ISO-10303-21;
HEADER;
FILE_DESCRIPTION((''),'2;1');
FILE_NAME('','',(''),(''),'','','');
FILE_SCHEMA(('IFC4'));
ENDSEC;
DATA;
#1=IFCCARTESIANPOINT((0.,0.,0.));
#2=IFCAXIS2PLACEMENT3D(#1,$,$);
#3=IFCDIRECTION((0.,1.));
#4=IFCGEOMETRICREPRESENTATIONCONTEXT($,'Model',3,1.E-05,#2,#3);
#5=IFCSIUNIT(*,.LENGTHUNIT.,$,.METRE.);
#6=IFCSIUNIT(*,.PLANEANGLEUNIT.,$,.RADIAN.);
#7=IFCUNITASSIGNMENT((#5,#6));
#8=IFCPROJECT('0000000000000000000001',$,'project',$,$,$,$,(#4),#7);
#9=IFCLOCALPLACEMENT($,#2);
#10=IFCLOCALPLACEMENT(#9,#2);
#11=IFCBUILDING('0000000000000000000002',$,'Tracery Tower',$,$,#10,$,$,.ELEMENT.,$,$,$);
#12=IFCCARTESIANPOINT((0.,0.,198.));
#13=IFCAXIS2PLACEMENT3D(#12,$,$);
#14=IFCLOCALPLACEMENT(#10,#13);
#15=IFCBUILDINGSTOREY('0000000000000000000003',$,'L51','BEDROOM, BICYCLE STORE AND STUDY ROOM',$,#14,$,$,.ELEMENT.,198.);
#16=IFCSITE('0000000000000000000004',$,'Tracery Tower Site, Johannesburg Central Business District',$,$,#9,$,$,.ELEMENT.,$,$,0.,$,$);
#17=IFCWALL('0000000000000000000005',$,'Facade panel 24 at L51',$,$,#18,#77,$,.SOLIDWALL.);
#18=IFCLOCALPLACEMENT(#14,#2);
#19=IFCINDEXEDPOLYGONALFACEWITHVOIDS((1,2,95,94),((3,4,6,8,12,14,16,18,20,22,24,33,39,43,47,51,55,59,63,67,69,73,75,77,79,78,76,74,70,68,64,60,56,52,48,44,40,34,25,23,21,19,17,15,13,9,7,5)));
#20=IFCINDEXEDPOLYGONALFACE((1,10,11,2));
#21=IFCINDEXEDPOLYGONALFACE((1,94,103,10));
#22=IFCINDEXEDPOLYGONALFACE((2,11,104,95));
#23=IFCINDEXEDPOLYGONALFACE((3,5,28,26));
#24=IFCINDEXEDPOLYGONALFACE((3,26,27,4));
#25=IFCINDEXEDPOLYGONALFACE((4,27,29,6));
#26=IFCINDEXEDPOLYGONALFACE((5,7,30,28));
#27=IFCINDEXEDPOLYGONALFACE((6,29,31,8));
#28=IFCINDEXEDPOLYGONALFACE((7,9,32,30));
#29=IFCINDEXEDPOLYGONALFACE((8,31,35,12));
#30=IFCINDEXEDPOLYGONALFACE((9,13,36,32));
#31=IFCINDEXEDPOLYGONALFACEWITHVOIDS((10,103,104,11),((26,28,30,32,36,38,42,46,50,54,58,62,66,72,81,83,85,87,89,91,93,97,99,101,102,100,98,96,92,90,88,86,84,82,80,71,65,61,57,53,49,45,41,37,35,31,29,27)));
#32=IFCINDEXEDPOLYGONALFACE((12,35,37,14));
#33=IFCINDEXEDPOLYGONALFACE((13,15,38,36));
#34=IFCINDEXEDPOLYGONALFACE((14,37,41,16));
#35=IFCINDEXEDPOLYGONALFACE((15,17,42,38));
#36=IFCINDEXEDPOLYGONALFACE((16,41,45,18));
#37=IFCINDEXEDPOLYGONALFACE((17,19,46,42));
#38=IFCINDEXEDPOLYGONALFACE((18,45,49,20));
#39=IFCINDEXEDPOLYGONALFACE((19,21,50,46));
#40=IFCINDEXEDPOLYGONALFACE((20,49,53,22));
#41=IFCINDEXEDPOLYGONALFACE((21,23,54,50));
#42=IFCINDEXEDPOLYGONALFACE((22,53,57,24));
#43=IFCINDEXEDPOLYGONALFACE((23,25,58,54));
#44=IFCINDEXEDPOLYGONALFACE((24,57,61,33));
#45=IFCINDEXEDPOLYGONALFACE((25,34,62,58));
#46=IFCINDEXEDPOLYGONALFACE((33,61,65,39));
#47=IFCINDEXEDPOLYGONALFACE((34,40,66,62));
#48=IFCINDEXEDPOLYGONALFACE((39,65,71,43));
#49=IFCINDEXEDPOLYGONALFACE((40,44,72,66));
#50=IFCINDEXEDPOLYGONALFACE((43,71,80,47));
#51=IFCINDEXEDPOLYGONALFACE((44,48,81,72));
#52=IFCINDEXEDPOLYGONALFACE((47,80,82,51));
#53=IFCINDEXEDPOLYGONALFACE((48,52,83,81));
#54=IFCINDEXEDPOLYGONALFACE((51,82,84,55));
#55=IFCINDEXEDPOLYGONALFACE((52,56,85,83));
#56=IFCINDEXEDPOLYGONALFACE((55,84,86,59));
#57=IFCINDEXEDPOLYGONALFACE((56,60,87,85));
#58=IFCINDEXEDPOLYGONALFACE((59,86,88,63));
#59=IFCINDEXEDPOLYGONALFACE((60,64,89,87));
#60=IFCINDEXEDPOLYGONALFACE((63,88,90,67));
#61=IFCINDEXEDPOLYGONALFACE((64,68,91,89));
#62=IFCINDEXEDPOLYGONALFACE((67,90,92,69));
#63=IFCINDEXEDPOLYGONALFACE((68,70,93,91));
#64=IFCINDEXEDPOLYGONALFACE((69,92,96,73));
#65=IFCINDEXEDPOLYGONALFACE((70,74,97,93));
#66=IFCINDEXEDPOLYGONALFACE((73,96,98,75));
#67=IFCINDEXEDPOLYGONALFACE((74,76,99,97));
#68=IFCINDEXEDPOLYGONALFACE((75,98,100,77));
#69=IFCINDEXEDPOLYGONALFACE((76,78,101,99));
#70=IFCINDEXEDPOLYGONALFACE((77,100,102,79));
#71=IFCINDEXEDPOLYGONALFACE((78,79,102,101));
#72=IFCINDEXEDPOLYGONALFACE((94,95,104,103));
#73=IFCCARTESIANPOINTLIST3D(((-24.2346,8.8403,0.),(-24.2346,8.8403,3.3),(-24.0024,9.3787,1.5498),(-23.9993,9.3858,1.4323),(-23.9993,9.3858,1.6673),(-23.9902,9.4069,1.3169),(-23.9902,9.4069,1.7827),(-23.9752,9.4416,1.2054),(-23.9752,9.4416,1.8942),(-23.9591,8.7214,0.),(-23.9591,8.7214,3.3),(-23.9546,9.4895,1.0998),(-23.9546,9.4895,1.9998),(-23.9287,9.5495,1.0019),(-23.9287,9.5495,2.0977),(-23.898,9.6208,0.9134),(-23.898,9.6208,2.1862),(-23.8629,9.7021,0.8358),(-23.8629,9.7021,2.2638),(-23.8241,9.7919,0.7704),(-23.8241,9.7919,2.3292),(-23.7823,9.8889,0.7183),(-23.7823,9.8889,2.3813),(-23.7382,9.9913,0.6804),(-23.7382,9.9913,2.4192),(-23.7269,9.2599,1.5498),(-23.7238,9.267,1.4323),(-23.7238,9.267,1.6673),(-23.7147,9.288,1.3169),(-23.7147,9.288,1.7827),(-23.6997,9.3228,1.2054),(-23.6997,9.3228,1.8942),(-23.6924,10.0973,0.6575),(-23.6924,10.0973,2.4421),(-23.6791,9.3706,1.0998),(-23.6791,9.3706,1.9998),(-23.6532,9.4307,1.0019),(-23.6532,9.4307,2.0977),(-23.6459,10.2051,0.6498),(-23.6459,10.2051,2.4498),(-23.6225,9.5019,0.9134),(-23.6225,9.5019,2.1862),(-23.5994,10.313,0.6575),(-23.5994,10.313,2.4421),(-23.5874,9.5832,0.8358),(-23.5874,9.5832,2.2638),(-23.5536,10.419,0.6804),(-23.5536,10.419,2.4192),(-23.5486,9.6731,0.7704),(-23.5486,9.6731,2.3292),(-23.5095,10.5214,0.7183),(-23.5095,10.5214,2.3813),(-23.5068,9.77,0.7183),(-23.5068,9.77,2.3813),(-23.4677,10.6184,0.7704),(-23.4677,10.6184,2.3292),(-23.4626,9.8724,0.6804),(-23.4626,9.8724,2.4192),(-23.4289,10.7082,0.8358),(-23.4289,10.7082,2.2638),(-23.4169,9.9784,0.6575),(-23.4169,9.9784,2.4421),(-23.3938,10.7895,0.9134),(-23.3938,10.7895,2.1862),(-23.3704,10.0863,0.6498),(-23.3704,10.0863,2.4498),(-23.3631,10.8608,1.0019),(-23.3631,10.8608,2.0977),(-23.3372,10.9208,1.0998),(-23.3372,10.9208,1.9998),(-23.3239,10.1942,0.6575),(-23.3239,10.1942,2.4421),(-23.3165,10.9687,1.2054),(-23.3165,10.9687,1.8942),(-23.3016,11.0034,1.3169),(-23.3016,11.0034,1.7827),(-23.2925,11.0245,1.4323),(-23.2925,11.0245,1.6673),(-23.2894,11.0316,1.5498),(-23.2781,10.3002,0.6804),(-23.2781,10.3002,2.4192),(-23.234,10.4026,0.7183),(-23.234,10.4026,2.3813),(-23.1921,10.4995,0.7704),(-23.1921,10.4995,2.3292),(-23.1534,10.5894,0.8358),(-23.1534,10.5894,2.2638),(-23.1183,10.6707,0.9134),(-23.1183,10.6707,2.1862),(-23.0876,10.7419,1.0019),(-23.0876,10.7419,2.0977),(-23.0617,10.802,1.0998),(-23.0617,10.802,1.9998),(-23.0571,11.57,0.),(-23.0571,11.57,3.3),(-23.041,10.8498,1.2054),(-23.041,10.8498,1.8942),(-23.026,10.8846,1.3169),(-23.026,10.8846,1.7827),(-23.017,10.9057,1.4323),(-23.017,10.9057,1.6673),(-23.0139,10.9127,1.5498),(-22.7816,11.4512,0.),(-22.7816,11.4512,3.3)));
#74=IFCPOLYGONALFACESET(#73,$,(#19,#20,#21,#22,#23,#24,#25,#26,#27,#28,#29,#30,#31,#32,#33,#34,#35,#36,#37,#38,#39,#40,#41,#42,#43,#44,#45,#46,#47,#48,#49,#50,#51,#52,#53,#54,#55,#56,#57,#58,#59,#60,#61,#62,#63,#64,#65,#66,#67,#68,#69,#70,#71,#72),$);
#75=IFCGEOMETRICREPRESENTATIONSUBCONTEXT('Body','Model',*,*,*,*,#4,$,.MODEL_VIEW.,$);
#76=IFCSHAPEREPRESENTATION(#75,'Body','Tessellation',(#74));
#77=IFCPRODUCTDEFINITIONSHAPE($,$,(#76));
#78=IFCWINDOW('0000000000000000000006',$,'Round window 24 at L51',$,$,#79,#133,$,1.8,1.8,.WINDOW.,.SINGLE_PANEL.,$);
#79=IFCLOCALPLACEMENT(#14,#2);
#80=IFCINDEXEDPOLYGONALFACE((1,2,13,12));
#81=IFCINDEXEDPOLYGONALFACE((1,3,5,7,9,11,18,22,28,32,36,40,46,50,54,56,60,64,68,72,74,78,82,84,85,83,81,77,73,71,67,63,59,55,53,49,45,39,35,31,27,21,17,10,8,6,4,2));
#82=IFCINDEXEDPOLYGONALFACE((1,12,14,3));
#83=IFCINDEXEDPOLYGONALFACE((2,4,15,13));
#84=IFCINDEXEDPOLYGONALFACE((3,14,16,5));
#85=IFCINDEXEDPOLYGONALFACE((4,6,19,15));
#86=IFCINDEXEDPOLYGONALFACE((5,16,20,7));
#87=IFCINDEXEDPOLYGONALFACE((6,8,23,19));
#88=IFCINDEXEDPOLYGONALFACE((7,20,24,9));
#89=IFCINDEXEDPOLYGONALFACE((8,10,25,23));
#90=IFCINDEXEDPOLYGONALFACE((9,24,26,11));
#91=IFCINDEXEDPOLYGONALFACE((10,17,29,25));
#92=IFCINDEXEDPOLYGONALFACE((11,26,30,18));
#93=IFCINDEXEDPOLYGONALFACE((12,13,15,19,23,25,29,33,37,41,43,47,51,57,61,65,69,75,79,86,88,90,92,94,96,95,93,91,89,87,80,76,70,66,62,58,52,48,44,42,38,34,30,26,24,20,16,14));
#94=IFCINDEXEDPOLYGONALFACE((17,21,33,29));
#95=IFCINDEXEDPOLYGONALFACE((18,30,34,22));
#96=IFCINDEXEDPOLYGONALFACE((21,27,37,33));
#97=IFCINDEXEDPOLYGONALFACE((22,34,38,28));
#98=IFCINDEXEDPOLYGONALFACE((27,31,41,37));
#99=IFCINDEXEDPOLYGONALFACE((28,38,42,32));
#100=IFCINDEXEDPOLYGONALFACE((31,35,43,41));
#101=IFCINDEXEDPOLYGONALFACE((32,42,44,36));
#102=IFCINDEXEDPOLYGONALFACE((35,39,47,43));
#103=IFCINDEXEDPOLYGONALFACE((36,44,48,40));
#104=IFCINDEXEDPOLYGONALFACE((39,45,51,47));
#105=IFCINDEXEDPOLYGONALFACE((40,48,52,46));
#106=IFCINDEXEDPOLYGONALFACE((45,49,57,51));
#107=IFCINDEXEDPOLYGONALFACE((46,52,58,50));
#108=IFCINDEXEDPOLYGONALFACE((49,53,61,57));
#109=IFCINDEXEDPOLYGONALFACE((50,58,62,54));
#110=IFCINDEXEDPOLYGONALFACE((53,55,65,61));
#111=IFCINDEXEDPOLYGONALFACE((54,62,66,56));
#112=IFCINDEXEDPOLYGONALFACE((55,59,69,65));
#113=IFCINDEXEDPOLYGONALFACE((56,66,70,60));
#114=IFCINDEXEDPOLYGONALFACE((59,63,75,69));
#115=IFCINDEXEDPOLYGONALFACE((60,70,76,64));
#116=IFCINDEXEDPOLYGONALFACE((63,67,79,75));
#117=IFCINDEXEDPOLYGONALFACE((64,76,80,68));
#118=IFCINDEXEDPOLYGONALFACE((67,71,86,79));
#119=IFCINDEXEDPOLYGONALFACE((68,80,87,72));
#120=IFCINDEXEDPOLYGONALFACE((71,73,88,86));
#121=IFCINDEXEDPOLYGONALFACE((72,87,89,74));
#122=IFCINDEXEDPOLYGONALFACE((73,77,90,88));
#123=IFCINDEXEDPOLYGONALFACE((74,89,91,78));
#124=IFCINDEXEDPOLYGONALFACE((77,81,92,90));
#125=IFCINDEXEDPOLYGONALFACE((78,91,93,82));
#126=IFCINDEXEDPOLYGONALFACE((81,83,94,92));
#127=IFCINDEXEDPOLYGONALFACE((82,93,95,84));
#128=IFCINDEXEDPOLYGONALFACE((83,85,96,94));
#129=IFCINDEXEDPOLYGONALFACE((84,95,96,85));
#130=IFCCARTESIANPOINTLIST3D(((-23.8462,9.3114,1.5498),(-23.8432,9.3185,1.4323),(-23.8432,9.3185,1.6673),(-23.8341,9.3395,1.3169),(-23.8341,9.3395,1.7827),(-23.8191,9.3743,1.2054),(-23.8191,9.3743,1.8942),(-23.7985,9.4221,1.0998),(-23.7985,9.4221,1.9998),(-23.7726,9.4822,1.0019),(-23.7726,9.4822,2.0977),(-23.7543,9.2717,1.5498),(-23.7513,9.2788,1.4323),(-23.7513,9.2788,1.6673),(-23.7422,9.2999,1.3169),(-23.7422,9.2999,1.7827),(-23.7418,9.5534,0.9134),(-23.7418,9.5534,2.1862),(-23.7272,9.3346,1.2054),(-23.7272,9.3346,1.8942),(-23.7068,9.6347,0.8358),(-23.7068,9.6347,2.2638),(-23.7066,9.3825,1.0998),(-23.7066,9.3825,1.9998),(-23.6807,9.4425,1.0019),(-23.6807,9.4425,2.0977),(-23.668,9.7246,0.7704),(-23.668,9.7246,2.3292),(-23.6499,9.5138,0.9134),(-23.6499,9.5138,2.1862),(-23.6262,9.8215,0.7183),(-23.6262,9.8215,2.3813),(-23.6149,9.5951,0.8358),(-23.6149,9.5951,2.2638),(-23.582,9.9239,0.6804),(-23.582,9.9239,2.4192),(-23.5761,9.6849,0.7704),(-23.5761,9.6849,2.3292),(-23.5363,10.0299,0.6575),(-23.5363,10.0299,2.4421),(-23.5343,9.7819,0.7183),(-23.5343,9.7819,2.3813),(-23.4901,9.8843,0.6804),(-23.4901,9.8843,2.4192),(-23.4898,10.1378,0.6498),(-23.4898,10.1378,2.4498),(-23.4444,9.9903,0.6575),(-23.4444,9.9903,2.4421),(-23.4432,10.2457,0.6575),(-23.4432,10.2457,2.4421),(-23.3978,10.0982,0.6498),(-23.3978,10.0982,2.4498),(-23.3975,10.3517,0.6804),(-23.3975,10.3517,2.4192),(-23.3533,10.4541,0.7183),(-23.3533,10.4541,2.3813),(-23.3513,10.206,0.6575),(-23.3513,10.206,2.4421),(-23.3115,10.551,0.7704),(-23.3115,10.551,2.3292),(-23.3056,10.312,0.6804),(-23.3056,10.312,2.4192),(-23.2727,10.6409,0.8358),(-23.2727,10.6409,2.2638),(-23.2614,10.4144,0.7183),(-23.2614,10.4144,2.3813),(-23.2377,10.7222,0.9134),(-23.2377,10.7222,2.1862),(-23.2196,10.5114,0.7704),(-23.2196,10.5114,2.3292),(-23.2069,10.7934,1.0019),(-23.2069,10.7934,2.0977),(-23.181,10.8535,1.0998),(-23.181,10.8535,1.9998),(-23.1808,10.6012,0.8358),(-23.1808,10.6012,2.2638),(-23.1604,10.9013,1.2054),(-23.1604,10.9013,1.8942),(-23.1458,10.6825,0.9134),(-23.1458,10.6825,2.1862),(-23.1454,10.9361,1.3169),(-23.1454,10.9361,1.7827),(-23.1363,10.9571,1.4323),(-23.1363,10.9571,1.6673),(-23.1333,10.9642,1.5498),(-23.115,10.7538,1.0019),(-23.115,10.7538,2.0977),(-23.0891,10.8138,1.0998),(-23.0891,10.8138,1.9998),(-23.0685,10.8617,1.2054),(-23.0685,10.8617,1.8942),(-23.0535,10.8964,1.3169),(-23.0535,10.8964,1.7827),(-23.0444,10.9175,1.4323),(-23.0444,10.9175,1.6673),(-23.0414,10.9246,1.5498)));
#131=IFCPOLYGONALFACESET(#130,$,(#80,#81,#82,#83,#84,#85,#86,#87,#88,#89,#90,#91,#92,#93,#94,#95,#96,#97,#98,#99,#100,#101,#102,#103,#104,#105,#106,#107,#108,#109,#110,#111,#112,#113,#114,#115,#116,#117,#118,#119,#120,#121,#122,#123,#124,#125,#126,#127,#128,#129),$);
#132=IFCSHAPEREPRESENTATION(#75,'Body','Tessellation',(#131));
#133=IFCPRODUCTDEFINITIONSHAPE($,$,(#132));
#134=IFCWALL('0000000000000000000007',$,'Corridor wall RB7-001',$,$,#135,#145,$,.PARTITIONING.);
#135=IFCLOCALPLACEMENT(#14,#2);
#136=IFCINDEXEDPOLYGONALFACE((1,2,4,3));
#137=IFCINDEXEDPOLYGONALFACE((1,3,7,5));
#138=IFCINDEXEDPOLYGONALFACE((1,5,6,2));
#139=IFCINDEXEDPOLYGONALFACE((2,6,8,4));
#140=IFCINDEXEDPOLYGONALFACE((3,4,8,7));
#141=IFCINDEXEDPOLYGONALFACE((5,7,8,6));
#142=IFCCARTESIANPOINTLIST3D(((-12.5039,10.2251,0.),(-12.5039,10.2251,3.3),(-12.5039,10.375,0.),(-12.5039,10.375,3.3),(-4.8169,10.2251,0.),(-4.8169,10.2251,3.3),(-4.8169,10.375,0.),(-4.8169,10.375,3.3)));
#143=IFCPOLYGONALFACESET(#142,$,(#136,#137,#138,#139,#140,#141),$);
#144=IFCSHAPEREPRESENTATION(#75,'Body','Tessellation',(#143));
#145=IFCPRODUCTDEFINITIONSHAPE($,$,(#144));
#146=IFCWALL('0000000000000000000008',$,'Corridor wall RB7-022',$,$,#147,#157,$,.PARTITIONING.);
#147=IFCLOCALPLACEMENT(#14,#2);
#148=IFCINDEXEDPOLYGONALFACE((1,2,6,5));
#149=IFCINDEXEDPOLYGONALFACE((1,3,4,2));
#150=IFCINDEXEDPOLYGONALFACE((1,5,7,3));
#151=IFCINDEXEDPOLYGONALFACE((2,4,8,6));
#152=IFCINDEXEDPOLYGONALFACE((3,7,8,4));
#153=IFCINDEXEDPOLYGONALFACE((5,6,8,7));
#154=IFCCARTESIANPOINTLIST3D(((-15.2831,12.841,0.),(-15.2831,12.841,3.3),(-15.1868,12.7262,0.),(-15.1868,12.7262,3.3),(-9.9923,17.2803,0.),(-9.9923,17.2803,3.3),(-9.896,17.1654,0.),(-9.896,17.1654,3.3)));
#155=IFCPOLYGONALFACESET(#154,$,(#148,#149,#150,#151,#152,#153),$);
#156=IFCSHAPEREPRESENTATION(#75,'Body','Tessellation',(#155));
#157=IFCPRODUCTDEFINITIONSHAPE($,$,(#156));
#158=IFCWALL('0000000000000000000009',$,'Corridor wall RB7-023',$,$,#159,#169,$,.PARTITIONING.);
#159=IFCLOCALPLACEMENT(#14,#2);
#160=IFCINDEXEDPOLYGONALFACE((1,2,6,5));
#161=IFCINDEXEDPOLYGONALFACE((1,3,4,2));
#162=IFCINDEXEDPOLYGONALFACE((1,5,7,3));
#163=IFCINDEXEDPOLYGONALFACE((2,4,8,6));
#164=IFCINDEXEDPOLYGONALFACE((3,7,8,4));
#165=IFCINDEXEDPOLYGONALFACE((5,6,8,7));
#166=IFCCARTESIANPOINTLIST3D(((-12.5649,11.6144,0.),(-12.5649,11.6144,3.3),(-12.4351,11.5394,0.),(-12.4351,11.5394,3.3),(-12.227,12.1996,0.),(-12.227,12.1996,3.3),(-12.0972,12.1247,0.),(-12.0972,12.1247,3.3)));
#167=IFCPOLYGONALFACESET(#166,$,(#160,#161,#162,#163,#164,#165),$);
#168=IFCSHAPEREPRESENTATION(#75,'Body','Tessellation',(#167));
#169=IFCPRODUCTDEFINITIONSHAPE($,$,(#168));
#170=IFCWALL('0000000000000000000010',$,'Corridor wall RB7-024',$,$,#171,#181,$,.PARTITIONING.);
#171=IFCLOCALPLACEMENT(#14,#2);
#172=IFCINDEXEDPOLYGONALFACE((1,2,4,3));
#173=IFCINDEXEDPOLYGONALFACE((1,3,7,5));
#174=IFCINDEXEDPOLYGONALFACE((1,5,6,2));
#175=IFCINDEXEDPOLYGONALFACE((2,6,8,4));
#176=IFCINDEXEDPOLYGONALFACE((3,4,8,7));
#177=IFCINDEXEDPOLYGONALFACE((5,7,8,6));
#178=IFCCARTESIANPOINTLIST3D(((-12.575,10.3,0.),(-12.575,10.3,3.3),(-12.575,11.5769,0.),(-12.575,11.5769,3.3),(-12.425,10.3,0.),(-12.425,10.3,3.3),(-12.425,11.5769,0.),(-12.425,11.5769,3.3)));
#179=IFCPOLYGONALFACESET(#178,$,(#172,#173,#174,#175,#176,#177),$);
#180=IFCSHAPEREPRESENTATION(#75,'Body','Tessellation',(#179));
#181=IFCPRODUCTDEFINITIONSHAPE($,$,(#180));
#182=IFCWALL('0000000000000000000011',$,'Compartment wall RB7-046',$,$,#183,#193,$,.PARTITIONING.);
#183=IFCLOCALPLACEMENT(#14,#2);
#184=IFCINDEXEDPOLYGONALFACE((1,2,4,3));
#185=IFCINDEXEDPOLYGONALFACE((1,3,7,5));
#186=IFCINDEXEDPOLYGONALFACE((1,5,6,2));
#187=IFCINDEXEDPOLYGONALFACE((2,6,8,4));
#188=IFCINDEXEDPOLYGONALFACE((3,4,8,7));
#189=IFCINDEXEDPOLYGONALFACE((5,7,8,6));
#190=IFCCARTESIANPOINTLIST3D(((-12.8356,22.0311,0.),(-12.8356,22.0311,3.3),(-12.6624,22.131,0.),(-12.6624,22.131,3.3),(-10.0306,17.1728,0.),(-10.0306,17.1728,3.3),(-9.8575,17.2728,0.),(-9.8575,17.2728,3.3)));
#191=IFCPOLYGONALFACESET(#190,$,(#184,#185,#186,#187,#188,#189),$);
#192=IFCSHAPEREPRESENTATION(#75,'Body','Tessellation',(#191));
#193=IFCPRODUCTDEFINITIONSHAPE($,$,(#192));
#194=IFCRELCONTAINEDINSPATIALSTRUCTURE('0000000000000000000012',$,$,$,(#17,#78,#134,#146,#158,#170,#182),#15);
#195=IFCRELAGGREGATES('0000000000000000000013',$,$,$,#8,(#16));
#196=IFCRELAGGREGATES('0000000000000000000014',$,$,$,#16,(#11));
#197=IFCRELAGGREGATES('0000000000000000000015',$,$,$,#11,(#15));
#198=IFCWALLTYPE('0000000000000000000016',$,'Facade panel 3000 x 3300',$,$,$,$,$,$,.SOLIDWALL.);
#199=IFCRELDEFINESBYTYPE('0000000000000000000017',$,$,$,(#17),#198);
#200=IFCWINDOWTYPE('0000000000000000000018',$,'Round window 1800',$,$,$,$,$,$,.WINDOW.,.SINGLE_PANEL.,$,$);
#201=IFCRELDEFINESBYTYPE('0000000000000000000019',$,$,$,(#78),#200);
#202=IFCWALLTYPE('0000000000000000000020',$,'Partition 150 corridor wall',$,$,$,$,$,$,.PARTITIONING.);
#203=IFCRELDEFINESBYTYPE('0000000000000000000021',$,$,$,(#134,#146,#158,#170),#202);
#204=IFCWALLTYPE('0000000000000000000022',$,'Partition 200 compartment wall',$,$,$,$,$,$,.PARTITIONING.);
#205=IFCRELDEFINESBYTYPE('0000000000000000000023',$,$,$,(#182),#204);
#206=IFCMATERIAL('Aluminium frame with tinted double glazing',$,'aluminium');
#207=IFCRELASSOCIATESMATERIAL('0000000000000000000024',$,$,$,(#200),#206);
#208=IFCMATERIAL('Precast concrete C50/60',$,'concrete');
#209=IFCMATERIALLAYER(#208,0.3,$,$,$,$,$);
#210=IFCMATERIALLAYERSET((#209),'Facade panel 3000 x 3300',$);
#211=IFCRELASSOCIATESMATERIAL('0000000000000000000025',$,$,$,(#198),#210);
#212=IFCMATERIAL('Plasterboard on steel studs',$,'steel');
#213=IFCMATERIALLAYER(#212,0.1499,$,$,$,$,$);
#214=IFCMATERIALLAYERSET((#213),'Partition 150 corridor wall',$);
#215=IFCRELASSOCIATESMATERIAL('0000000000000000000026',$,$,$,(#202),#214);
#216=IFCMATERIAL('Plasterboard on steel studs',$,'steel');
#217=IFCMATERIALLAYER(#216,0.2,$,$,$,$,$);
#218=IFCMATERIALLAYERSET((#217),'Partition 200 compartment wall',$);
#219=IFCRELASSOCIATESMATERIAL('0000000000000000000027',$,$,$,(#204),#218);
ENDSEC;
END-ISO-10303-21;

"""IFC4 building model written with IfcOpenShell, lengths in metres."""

from ifc_helpers import new_model, si_unit, direction, frame, frame_2d, origin, origin_2d, place, context, subcontext, project, spatial, rectangle, circle, extrude, material, layer, layer_set, type_object, element, fill, save


model = new_model("IFC4")

# Units and contexts
model_context = context("Model", 3, precision=1e-05, world=origin(), true_north=direction((0.0, 1.0)))
body_context = subcontext(model_context, "Body", "Model", "MODEL_VIEW")
ifc_project = project(units=[si_unit("LENGTHUNIT", "METRE"), si_unit("PLANEANGLEUNIT", "RADIAN")], contexts=[model_context])

# Site, building, storey
site_placement = place(None, origin())
site = spatial("IfcSite", under=ifc_project, at=site_placement, Name="Tracery Tower Site, Johannesburg Central Business District", CompositionType="ELEMENT", RefElevation=0.0)
building_placement = place(site_placement, origin())
building = spatial("IfcBuilding", under=site, at=building_placement, Name="Tracery Tower", CompositionType="ELEMENT")
storey_placement = place(building_placement, frame((0.0, 0.0, 198.0)))
storey = spatial("IfcBuildingStorey", under=building, at=storey_placement, Name="L51", Description="BEDROOM, BICYCLE STORE AND STUDY ROOM", CompositionType="ELEMENT", Elevation=198.0)

# Wall, opening, window
ifc_material_1 = material(Name="Aluminium frame with tinted double glazing", Category="aluminium")
window_type = type_object("IfcWindowType", Name="Round window 1800", PartitioningType="SINGLE_PANEL", PredefinedType="WINDOW", material=ifc_material_1)
ifc_material_2 = material(Name="Precast concrete C50/60", Category="concrete")
ifc_layer_1 = layer(ifc_material_2, 0.3)
ifc_layer_set_1 = layer_set([ifc_layer_1], Name="Facade panel 3000 x 3300")
wall_type_1 = type_object("IfcWallType", Name="Facade panel 3000 x 3300", PredefinedType="SOLIDWALL", material=ifc_layer_set_1)
wall_1_placement = place(storey_placement, frame((-22.9194, 11.5105, 0.0), z_axis=(0.0, 0.0, 1.0), x_axis=(-0.396079, -0.918216, 0.0)))
wall_1 = element("IfcWall", 1, at=wall_1_placement, inside=storey, type_object=wall_type_1, Name="Facade panel 24 at L51", PredefinedType="SOLIDWALL", context=body_context, shape_type="SweptSolid", body=[
    extrude(rectangle(XDim=2.9729, YDim=0.3, at=frame_2d((1.4863, 0.0))), origin(), (0.0, 0.0, 1.0), 3.3),
])
opening_1_placement = place(wall_1_placement, frame((1.4863, 0.0, 1.5498)))
opening_1 = element("IfcOpeningElement", 2, at=opening_1_placement, cuts=wall_1, PredefinedType="OPENING", context=body_context, shape_type="SweptSolid", body=[
    extrude(circle(Radius=0.9, at=origin_2d()), frame((0.0, 0.1599, 0.0), z_axis=(0.0, -1.0, 0.0), x_axis=(1.0, 0.0, 0.0)), (0.0, 0.0, 1.0), 0.3201),
])
window_1_placement = place(opening_1_placement, origin())
window_1 = element("IfcWindow", 3, at=window_1_placement, inside=storey, type_object=window_type, Name="Round window 24 at L51", OverallHeight=1.8, OverallWidth=1.8, PartitioningType="SINGLE_PANEL", PredefinedType="WINDOW", context=body_context, shape_type="SweptSolid", body=[
    extrude(circle(Radius=0.9, at=origin_2d()), frame((0.0, 0.1201, 0.0), z_axis=(0.0, -1.0, 0.0), x_axis=(1.0, 0.0, 0.0)), (0.0, 0.0, 1.0), 0.1001),
])
fill(opening_1, window_1)

# Walls
ifc_material_3 = material(Name="Plasterboard on steel studs", Category="steel")
ifc_layer_2 = layer(ifc_material_3, 0.1499)
ifc_layer_set_2 = layer_set([ifc_layer_2], Name="Partition 150 corridor wall")
wall_type_2 = type_object("IfcWallType", Name="Partition 150 corridor wall", PredefinedType="PARTITIONING", material=ifc_layer_set_2)
wall_2_placement = place(storey_placement, frame((-12.5039, 10.3, 0.0), z_axis=(0.0, 0.0, 1.0), x_axis=(1.0, 0.0, 0.0)))
element("IfcWall", 4, at=wall_2_placement, inside=storey, type_object=wall_type_2, Name="Corridor wall RB7-001", PredefinedType="PARTITIONING", context=body_context, shape_type="SweptSolid", body=[
    extrude(rectangle(XDim=7.687, YDim=0.1499, at=frame_2d((3.8435, 0.0))), origin(), (0.0, 0.0, 1.0), 3.3),
])
wall_3_placement = place(storey_placement, frame((-15.2349, 12.7837, 0.0), z_axis=(0.0, 0.0, 1.0), x_axis=(0.766064, 0.642764, 0.0)))
element("IfcWall", 5, at=wall_3_placement, inside=storey, type_object=wall_type_2, Name="Corridor wall RB7-022", PredefinedType="PARTITIONING", context=body_context, shape_type="SweptSolid", body=[
    extrude(rectangle(XDim=6.9065, YDim=0.1499, at=frame_2d((3.4531, 0.0))), origin(), (0.0, 0.0, 1.0), 3.3),
])
wall_4_placement = place(storey_placement, frame((-12.5, 11.5769, 0.0), z_axis=(0.0, 0.0, 1.0), x_axis=(0.500025, 0.866011, 0.0)))
element("IfcWall", 6, at=wall_4_placement, inside=storey, type_object=wall_type_2, Name="Corridor wall RB7-023", PredefinedType="PARTITIONING", context=body_context, shape_type="SweptSolid", body=[
    extrude(rectangle(XDim=0.6758, YDim=0.1499, at=frame_2d((0.3379, 0.0))), origin(), (0.0, 0.0, 1.0), 3.3),
])
wall_5_placement = place(storey_placement, frame((-12.5, 10.3, 0.0), z_axis=(0.0, 0.0, 1.0), x_axis=(0.0, 1.0, 0.0)))
element("IfcWall", 7, at=wall_5_placement, inside=storey, type_object=wall_type_2, Name="Corridor wall RB7-024", PredefinedType="PARTITIONING", context=body_context, shape_type="SweptSolid", body=[
    extrude(rectangle(XDim=1.2769, YDim=0.1499, at=frame_2d((0.6384, 0.0))), origin(), (0.0, 0.0, 1.0), 3.3),
])
ifc_material_4 = material(Name="Plasterboard on steel studs", Category="steel")
ifc_layer_3 = layer(ifc_material_4, 0.2)
ifc_layer_set_3 = layer_set([ifc_layer_3], Name="Partition 200 compartment wall")
wall_type_3 = type_object("IfcWallType", Name="Partition 200 compartment wall", PredefinedType="PARTITIONING", material=ifc_layer_set_3)
wall_6_placement = place(storey_placement, frame((-12.749, 22.0811, 0.0), z_axis=(0.0, 0.0, 1.0), x_axis=(0.50001, -0.86602, 0.0)))
element("IfcWall", 8, at=wall_6_placement, inside=storey, type_object=wall_type_3, Name="Compartment wall RB7-046", PredefinedType="PARTITIONING", context=body_context, shape_type="SweptSolid", body=[
    extrude(rectangle(XDim=5.6099, YDim=0.2, at=frame_2d((2.8049, 0.0))), origin(), (0.0, 0.0, 1.0), 3.3),
])

save(model, "model.ifc")
